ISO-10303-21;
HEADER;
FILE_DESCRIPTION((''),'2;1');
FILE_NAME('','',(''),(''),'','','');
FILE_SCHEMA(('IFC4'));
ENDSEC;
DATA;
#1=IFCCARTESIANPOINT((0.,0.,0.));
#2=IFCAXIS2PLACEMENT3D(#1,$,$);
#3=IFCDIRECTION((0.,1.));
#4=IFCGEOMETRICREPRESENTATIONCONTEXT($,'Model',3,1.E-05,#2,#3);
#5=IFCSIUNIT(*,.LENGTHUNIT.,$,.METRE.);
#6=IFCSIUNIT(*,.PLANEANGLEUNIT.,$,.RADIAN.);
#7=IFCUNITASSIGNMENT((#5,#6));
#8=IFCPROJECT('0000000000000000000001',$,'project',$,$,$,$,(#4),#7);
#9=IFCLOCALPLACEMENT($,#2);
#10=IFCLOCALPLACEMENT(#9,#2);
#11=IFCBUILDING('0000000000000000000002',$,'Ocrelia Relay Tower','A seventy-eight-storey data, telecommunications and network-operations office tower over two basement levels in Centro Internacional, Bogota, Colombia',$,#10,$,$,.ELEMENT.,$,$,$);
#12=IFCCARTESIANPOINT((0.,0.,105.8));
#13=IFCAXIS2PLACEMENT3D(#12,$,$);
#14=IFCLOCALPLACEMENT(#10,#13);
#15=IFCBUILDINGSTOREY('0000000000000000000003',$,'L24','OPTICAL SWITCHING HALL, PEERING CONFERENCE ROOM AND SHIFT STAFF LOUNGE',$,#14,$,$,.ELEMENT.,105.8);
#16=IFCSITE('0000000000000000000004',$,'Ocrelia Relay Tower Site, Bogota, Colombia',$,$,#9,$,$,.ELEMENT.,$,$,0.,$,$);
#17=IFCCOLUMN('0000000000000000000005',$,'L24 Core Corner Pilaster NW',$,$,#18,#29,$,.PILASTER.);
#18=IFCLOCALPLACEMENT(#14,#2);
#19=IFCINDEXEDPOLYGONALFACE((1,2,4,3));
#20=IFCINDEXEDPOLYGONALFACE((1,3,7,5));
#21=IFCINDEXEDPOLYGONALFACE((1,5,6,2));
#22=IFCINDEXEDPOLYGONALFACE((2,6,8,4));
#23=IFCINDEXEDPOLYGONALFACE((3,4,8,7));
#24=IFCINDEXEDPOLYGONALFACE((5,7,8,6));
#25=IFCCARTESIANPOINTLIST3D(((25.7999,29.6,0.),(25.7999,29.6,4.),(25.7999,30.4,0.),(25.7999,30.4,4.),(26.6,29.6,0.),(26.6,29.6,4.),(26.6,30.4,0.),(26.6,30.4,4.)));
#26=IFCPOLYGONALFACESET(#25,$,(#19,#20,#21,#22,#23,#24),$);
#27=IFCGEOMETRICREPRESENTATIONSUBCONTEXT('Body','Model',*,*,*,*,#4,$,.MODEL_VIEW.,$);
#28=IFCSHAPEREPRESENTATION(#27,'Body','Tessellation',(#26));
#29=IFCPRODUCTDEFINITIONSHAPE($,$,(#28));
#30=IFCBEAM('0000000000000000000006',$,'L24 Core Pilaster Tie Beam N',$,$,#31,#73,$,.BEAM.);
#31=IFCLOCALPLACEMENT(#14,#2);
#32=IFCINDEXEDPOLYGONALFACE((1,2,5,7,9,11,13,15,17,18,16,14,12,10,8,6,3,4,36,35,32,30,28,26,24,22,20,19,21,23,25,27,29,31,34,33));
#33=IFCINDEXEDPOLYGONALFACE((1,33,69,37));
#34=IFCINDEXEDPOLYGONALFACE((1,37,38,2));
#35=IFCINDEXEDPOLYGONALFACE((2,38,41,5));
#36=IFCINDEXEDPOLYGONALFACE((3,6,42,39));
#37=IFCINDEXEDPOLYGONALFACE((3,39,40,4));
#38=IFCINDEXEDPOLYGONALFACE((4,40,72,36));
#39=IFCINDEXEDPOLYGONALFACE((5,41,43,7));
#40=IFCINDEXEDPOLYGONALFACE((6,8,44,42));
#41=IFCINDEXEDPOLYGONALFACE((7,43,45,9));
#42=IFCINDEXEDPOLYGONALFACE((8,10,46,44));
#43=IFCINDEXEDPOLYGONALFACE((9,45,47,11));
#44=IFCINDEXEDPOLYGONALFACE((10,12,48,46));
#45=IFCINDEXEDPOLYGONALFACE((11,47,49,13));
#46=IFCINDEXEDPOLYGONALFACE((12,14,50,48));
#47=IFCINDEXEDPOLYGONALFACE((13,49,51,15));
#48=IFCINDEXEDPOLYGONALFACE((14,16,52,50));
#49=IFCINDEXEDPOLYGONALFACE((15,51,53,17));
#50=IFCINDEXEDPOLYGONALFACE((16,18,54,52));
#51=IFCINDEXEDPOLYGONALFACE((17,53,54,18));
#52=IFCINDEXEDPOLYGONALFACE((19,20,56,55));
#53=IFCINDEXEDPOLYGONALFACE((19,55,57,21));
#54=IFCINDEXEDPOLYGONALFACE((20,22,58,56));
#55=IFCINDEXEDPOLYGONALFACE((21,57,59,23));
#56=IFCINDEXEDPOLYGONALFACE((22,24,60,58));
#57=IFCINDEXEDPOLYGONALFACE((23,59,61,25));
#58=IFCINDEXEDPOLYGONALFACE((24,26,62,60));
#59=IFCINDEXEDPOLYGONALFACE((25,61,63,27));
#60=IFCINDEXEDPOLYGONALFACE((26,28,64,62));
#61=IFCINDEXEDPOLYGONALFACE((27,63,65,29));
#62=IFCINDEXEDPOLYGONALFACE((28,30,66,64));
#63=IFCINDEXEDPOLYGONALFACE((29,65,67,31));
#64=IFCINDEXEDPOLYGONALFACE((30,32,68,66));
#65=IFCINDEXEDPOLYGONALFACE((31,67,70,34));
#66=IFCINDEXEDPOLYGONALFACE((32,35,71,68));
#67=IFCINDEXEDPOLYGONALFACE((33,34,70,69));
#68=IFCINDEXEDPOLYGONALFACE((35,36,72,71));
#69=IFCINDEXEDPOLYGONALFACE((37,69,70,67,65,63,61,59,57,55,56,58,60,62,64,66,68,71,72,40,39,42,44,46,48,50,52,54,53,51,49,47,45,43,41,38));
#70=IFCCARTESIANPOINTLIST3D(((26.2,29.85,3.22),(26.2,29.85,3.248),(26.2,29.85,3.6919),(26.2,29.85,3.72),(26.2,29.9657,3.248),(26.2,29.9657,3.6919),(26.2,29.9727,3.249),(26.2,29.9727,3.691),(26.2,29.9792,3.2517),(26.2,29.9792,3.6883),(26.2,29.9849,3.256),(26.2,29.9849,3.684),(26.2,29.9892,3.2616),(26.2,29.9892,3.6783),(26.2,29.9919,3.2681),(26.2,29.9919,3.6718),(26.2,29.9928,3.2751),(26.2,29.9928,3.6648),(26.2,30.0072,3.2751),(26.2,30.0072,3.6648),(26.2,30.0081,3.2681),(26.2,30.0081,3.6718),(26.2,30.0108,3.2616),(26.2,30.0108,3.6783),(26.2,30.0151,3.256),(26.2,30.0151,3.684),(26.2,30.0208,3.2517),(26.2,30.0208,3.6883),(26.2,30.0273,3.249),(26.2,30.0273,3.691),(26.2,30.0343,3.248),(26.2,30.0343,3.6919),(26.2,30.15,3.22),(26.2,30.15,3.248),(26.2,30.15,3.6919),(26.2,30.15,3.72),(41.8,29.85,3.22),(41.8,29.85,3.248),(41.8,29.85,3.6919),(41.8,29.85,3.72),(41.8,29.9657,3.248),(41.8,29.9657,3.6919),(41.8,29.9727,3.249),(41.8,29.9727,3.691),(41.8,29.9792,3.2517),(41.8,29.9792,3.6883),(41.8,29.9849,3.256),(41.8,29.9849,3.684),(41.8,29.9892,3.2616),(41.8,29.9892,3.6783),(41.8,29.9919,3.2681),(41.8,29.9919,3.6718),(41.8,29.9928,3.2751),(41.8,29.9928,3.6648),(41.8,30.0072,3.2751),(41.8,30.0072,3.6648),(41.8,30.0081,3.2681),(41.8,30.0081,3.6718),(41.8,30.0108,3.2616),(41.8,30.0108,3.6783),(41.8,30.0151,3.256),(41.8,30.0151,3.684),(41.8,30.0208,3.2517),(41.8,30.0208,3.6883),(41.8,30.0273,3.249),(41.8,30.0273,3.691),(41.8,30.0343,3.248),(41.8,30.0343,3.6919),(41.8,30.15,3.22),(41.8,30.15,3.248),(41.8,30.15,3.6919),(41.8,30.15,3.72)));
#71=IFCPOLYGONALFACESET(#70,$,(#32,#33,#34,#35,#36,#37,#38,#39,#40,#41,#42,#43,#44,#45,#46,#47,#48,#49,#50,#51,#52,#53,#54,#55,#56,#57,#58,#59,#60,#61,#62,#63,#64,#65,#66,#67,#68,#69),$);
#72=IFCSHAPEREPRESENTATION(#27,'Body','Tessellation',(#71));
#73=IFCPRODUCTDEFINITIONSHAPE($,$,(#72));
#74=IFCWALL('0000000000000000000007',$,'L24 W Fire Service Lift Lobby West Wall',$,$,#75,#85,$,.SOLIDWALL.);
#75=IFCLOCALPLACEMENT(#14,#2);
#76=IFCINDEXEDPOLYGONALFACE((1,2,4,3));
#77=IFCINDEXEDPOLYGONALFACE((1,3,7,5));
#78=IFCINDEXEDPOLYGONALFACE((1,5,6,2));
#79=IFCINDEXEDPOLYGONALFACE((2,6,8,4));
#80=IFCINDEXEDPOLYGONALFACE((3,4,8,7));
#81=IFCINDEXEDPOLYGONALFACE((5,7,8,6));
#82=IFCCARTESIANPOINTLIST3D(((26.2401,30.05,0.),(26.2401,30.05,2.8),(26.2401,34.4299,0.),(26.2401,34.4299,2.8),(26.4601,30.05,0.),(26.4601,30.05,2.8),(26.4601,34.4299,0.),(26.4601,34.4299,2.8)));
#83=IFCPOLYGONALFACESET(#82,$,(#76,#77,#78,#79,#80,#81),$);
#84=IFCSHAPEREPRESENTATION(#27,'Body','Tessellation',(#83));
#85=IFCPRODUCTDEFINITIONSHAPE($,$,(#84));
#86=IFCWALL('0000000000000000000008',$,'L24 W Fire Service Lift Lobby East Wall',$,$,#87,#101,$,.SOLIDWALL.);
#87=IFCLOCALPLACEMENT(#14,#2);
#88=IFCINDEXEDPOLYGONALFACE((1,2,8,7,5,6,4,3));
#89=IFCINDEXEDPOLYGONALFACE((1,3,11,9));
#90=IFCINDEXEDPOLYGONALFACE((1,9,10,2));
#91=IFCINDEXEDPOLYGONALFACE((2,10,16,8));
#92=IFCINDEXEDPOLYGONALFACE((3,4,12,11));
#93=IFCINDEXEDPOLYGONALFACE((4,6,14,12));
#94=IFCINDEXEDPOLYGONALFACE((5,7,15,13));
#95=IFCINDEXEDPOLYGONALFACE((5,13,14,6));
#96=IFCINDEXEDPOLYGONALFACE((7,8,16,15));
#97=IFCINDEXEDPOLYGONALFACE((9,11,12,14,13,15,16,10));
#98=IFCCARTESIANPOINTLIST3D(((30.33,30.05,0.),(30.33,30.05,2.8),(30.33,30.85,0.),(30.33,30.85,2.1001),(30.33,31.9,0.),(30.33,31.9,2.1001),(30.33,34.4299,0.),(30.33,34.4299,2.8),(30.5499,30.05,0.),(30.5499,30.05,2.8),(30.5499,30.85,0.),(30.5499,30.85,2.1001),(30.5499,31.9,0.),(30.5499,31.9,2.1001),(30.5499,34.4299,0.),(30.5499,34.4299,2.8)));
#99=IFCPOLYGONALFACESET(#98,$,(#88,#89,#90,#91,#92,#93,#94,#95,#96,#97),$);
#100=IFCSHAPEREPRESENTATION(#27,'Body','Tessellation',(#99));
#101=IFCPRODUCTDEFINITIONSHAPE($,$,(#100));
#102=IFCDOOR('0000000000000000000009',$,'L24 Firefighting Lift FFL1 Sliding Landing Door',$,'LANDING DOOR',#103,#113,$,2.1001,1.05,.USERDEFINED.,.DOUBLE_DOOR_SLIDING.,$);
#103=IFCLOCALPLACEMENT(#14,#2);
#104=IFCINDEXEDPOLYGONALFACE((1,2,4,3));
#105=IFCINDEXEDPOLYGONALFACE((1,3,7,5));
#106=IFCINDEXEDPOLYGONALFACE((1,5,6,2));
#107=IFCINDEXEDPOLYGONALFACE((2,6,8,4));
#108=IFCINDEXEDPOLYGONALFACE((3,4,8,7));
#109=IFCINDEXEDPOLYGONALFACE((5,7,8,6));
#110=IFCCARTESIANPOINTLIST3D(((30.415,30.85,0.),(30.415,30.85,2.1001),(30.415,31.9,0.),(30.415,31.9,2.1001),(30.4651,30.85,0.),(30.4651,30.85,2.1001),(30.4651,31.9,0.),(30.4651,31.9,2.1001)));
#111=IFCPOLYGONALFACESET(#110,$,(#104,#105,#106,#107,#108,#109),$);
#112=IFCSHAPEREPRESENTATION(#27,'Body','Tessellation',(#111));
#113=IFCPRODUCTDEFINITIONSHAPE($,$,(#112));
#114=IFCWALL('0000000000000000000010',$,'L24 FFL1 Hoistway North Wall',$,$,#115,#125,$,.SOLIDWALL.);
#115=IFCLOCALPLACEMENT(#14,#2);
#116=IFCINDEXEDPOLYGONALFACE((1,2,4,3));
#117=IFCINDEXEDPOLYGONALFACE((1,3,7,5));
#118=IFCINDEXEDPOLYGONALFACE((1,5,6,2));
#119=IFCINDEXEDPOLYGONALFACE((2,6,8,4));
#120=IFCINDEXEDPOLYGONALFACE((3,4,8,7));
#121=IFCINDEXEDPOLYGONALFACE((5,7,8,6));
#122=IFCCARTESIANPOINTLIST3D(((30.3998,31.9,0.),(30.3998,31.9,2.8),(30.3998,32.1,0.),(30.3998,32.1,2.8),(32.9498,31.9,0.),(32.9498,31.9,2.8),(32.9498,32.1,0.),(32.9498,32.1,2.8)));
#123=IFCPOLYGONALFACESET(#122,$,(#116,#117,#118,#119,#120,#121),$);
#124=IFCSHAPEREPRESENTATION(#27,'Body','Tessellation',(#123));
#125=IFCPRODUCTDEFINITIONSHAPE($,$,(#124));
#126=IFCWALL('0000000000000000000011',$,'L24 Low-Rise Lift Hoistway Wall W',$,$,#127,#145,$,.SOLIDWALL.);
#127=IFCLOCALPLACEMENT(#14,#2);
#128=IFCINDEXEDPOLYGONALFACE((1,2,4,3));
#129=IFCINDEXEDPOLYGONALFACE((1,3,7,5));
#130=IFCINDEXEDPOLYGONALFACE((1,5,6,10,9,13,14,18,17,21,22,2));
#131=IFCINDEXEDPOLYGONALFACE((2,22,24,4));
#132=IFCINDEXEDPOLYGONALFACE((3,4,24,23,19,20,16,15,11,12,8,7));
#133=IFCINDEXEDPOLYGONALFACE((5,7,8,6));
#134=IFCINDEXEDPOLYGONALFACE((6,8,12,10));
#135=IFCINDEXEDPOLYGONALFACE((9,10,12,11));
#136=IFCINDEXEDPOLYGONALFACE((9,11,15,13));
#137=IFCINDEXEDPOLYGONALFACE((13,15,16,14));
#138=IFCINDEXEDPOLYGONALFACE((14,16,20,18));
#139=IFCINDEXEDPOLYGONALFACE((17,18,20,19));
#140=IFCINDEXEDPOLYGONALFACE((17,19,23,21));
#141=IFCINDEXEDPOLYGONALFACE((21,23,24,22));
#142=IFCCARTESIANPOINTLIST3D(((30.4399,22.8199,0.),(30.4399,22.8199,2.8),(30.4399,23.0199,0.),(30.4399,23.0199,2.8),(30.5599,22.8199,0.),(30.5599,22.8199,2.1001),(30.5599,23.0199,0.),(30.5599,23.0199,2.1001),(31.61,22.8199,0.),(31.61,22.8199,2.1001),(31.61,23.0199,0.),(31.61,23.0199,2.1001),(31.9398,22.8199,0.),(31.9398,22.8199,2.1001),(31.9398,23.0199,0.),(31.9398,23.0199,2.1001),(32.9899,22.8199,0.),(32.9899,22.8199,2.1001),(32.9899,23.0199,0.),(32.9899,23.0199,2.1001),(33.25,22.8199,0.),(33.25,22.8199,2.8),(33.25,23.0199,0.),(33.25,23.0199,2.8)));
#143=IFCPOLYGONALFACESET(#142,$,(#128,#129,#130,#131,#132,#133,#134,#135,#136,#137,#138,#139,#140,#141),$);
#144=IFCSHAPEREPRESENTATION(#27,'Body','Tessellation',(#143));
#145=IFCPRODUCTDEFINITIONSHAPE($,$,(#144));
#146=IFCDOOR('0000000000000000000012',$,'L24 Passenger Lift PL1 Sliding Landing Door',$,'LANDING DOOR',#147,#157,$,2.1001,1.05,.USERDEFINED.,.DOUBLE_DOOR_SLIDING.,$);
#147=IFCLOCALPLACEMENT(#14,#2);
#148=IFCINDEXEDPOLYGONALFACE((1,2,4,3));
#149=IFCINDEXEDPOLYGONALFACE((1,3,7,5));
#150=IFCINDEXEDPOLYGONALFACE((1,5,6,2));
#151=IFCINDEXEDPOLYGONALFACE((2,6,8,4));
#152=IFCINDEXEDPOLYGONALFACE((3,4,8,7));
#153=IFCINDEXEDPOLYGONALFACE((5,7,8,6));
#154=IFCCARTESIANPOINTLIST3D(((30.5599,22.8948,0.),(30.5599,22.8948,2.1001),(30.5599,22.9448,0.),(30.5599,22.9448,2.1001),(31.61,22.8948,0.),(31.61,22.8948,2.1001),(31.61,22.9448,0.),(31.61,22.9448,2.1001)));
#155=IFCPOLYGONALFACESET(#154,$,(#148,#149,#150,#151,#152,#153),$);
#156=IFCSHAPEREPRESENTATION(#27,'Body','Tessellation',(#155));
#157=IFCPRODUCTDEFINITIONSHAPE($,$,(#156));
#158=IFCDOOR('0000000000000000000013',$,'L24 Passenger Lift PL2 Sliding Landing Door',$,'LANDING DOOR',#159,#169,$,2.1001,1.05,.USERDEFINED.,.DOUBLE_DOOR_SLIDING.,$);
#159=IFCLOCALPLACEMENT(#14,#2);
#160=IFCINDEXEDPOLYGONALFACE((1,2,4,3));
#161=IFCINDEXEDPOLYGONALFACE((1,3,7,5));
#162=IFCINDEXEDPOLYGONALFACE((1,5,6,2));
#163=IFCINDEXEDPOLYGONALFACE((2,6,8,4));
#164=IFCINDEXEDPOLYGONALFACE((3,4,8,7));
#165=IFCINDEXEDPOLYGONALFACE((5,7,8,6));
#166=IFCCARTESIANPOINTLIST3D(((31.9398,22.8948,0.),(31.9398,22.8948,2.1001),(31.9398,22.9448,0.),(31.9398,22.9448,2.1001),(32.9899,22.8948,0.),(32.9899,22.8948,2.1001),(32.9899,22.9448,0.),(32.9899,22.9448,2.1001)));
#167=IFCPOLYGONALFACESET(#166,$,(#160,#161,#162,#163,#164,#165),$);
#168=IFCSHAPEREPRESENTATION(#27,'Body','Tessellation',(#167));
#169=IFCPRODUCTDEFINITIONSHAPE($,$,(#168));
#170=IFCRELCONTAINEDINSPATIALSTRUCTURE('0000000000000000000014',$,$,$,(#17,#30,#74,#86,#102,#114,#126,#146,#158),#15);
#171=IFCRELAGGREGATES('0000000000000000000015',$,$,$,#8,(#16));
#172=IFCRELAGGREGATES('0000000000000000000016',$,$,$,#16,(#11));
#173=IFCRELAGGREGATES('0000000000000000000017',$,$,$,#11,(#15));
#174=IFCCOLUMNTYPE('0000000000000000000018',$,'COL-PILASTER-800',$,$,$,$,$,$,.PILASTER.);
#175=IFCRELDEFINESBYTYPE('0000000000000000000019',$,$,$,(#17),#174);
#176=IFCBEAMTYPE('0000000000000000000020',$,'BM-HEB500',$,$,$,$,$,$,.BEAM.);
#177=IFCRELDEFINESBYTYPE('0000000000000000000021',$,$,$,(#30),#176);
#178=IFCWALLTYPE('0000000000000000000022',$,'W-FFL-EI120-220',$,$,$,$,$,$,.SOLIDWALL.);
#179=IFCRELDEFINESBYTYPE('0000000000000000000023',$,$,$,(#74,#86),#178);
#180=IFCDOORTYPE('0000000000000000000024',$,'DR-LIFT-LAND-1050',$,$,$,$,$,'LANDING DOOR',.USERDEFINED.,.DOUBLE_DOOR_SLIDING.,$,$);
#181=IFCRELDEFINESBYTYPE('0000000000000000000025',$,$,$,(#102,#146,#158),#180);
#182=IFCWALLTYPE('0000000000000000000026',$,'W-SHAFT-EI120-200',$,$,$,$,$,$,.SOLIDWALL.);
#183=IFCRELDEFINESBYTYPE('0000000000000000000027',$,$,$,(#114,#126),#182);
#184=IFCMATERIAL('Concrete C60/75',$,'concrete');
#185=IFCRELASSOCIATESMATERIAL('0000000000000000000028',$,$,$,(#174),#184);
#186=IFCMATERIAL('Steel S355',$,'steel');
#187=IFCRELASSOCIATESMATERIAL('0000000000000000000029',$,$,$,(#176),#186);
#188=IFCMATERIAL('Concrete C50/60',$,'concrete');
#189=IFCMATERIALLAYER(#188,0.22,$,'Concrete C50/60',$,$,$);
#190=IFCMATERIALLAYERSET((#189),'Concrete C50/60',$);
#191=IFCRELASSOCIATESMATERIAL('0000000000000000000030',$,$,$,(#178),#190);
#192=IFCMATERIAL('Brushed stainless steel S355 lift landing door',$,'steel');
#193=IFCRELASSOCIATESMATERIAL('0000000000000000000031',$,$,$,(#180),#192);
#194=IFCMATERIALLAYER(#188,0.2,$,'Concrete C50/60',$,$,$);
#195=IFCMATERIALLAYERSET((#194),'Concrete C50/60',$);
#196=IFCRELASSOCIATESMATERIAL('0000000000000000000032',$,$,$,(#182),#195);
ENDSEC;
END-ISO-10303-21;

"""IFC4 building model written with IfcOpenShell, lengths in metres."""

from ifc_helpers import new_model, si_unit, direction, frame, frame_2d, origin, origin_2d, place, context, subcontext, project, spatial, rectangle, i_section, extrude, material, layer, layer_set, material_profile, profile_set, type_object, element, fill, save


model = new_model("IFC4")

# Units and contexts
model_context = context("Model", 3, precision=1e-05, world=origin(), true_north=direction((0.0, 1.0)))
body_context = subcontext(model_context, "Body", "Model", "MODEL_VIEW")
ifc_project = project(units=[si_unit("LENGTHUNIT", "METRE"), si_unit("PLANEANGLEUNIT", "RADIAN")], contexts=[model_context])

# Site, building, storey
site_placement = place(None, origin())
site = spatial("IfcSite", under=ifc_project, at=site_placement, Name="Ocrelia Relay Tower Site, Bogota, Colombia", CompositionType="ELEMENT", RefElevation=0.0)
building_placement = place(site_placement, origin())
building = spatial("IfcBuilding", under=site, at=building_placement, Name="Ocrelia Relay Tower", Description="A seventy-eight-storey data, telecommunications and network-operations office tower over two basement levels in Centro Internacional, Bogota, Colombia", CompositionType="ELEMENT")
storey_placement = place(building_placement, frame((0.0, 0.0, 105.8)))
storey = spatial("IfcBuildingStorey", under=building, at=storey_placement, Name="L24", Description="OPTICAL SWITCHING HALL, PEERING CONFERENCE ROOM AND SHIFT STAFF LOUNGE", CompositionType="ELEMENT", Elevation=105.8)

# Column
ifc_material_1 = material(Name="Concrete C60/75", Category="concrete")
ifc_material_profile_1 = material_profile(ifc_material_1, rectangle(XDim=0.8, YDim=0.8, at=origin_2d()), Name="RC-COL-800x800")
ifc_profile_set_1 = profile_set([ifc_material_profile_1], Name="Concrete C60/75")
column_type = type_object("IfcColumnType", Name="COL-PILASTER-800", PredefinedType="PILASTER", material=ifc_profile_set_1)
column_placement = place(storey_placement, frame((26.2, 30.0, 0.0), z_axis=(0.0, 0.0, 1.0), x_axis=(1.0, 0.0, 0.0)))
element("IfcColumn", 1, at=column_placement, inside=storey, type_object=column_type, Name="L24 Core Corner Pilaster NW", PredefinedType="PILASTER", context=body_context, shape_type="SweptSolid", body=[
    extrude(rectangle(XDim=0.8, YDim=0.8, at=origin_2d()), origin(), (0.0, 0.0, 1.0), 4.0),
])

# Beam
ifc_material_2 = material(Name="Steel S355", Category="steel")
ifc_material_profile_2 = material_profile(ifc_material_2, i_section(OverallWidth=0.3, OverallDepth=0.5, WebThickness=0.0144, FlangeThickness=0.0281, FilletRadius=0.0271, at=origin_2d()), Name="HEB 500")
ifc_profile_set_2 = profile_set([ifc_material_profile_2], Name="Steel S355")
beam_type = type_object("IfcBeamType", Name="BM-HEB500", PredefinedType="BEAM", material=ifc_profile_set_2)
beam_placement = place(storey_placement, frame((26.2, 30.0, 3.47), z_axis=(1.0, 0.0, 0.0), x_axis=(0.0, 1.0, 0.0)))
element("IfcBeam", 2, at=beam_placement, inside=storey, type_object=beam_type, Name="L24 Core Pilaster Tie Beam N", PredefinedType="BEAM", context=body_context, shape_type="SweptSolid", body=[
    extrude(i_section(OverallWidth=0.3, OverallDepth=0.5, WebThickness=0.0144, FlangeThickness=0.0281, FilletRadius=0.0271, at=origin_2d()), origin(), (0.0, 0.0, 1.0), 15.6001),
])

# Wall
ifc_material_3 = material(Name="Concrete C50/60", Category="concrete")
ifc_layer_1 = layer(ifc_material_3, 0.22, Name="Concrete C50/60")
ifc_layer_set_1 = layer_set([ifc_layer_1], Name="Concrete C50/60")
wall_type_1 = type_object("IfcWallType", Name="W-FFL-EI120-220", PredefinedType="SOLIDWALL", material=ifc_layer_set_1)
wall_1_placement = place(storey_placement, frame((26.3501, 30.05, 0.0), z_axis=(0.0, 0.0, 1.0), x_axis=(0.0, 1.0, 0.0)))
element("IfcWall", 3, at=wall_1_placement, inside=storey, type_object=wall_type_1, Name="L24 W Fire Service Lift Lobby West Wall", PredefinedType="SOLIDWALL", context=body_context, shape_type="SweptSolid", body=[
    extrude(rectangle(XDim=4.3799, YDim=0.22, at=frame_2d((2.1899, 0.0))), origin(), (0.0, 0.0, 1.0), 2.8),
])

# Wall, opening, door
wall_2_placement = place(storey_placement, frame((30.4399, 30.05, 0.0), z_axis=(0.0, 0.0, 1.0), x_axis=(0.0, 1.0, 0.0)))
wall_2 = element("IfcWall", 4, at=wall_2_placement, inside=storey, type_object=wall_type_1, Name="L24 W Fire Service Lift Lobby East Wall", PredefinedType="SOLIDWALL", context=body_context, shape_type="SweptSolid", body=[
    extrude(rectangle(XDim=4.3799, YDim=0.22, at=frame_2d((2.1899, 0.0))), origin(), (0.0, 0.0, 1.0), 2.8),
])
opening_1_placement = place(wall_2_placement, frame((0.8, 0.0, 0.0)))
opening_1 = element("IfcOpeningElement", 5, at=opening_1_placement, cuts=wall_2, PredefinedType="OPENING", context=body_context, shape_type="SweptSolid", body=[
    extrude(rectangle(XDim=1.05, YDim=2.1001, at=frame_2d((0.5249, 1.05))), frame((0.0, 0.1201, 0.0), z_axis=(0.0, -1.0, 0.0), x_axis=(1.0, 0.0, 0.0)), (0.0, 0.0, 1.0), 0.24),
])
ifc_material_4 = material(Name="Brushed stainless steel S355 lift landing door", Category="steel")
door_type_1 = type_object("IfcDoorType", Name="DR-LIFT-LAND-1050", ElementType="LANDING DOOR", OperationType="DOUBLE_DOOR_SLIDING", PredefinedType="USERDEFINED", material=ifc_material_4)
door_1_placement = place(opening_1_placement, origin())
door_1 = element("IfcDoor", 6, at=door_1_placement, inside=storey, type_object=door_type_1, Name="L24 Firefighting Lift FFL1 Sliding Landing Door", ObjectType="LANDING DOOR", OperationType="DOUBLE_DOOR_SLIDING", OverallHeight=2.1001, OverallWidth=1.05, PredefinedType="USERDEFINED", context=body_context, shape_type="SweptSolid", body=[
    extrude(rectangle(XDim=1.05, YDim=2.1001, at=frame_2d((0.5249, 1.05))), frame((0.0, 0.0249, 0.0), z_axis=(0.0, -1.0, 0.0), x_axis=(1.0, 0.0, 0.0)), (0.0, 0.0, 1.0), 0.05),
])
fill(opening_1, door_1)

# Wall
ifc_layer_2 = layer(ifc_material_3, 0.2, Name="Concrete C50/60")
ifc_layer_set_2 = layer_set([ifc_layer_2], Name="Concrete C50/60")
wall_type_2 = type_object("IfcWallType", Name="W-SHAFT-EI120-200", PredefinedType="SOLIDWALL", material=ifc_layer_set_2)
wall_3_placement = place(storey_placement, frame((30.3999, 32.0, 0.0), z_axis=(0.0, 0.0, 1.0), x_axis=(1.0, 0.0, 0.0)))
element("IfcWall", 7, at=wall_3_placement, inside=storey, type_object=wall_type_2, Name="L24 FFL1 Hoistway North Wall", PredefinedType="SOLIDWALL", context=body_context, shape_type="SweptSolid", body=[
    extrude(rectangle(XDim=2.55, YDim=0.2, at=frame_2d((1.2749, 0.0))), origin(), (0.0, 0.0, 1.0), 2.8),
])

# Wall, openings, doors
wall_4_placement = place(storey_placement, frame((30.4399, 22.9199, 0.0), z_axis=(0.0, 0.0, 1.0), x_axis=(1.0, 0.0, 0.0)))
wall_4 = element("IfcWall", 8, at=wall_4_placement, inside=storey, type_object=wall_type_2, Name="L24 Low-Rise Lift Hoistway Wall W", PredefinedType="SOLIDWALL", context=body_context, shape_type="SweptSolid", body=[
    extrude(rectangle(XDim=2.8101, YDim=0.2, at=frame_2d((1.405, 0.0))), origin(), (0.0, 0.0, 1.0), 2.8),
])
opening_2_placement = place(wall_4_placement, frame((0.1201, 0.0, 0.0)))
opening_2 = element("IfcOpeningElement", 9, at=opening_2_placement, cuts=wall_4, PredefinedType="OPENING", context=body_context, shape_type="SweptSolid", body=[
    extrude(rectangle(XDim=1.05, YDim=2.1001, at=frame_2d((0.5249, 1.05))), frame((0.0, 0.1099, 0.0), z_axis=(0.0, -1.0, 0.0), x_axis=(1.0, 0.0, 0.0)), (0.0, 0.0, 1.0), 0.22),
])
opening_3_placement = place(wall_4_placement, frame((1.5, 0.0, 0.0)))
opening_3 = element("IfcOpeningElement", 10, at=opening_3_placement, cuts=wall_4, PredefinedType="OPENING", context=body_context, shape_type="SweptSolid", body=[
    extrude(rectangle(XDim=1.05, YDim=2.1001, at=frame_2d((0.5249, 1.05))), frame((0.0, 0.1099, 0.0), z_axis=(0.0, -1.0, 0.0), x_axis=(1.0, 0.0, 0.0)), (0.0, 0.0, 1.0), 0.22),
])
door_2_placement = place(opening_2_placement, origin())
door_2 = element("IfcDoor", 11, at=door_2_placement, inside=storey, type_object=door_type_1, Name="L24 Passenger Lift PL1 Sliding Landing Door", ObjectType="LANDING DOOR", OperationType="DOUBLE_DOOR_SLIDING", OverallHeight=2.1001, OverallWidth=1.05, PredefinedType="USERDEFINED", context=body_context, shape_type="SweptSolid", body=[
    extrude(rectangle(XDim=1.05, YDim=2.1001, at=frame_2d((0.5249, 1.05))), frame((0.0, 0.0249, 0.0), z_axis=(0.0, -1.0, 0.0), x_axis=(1.0, 0.0, 0.0)), (0.0, 0.0, 1.0), 0.05),
])
fill(opening_2, door_2)
door_3_placement = place(opening_3_placement, origin())
door_3 = element("IfcDoor", 12, at=door_3_placement, inside=storey, type_object=door_type_1, Name="L24 Passenger Lift PL2 Sliding Landing Door", ObjectType="LANDING DOOR", OperationType="DOUBLE_DOOR_SLIDING", OverallHeight=2.1001, OverallWidth=1.05, PredefinedType="USERDEFINED", context=body_context, shape_type="SweptSolid", body=[
    extrude(rectangle(XDim=1.05, YDim=2.1001, at=frame_2d((0.5249, 1.05))), frame((0.0, 0.0249, 0.0), z_axis=(0.0, -1.0, 0.0), x_axis=(1.0, 0.0, 0.0)), (0.0, 0.0, 1.0), 0.05),
])
fill(opening_3, door_3)

save(model, "model.ifc")
